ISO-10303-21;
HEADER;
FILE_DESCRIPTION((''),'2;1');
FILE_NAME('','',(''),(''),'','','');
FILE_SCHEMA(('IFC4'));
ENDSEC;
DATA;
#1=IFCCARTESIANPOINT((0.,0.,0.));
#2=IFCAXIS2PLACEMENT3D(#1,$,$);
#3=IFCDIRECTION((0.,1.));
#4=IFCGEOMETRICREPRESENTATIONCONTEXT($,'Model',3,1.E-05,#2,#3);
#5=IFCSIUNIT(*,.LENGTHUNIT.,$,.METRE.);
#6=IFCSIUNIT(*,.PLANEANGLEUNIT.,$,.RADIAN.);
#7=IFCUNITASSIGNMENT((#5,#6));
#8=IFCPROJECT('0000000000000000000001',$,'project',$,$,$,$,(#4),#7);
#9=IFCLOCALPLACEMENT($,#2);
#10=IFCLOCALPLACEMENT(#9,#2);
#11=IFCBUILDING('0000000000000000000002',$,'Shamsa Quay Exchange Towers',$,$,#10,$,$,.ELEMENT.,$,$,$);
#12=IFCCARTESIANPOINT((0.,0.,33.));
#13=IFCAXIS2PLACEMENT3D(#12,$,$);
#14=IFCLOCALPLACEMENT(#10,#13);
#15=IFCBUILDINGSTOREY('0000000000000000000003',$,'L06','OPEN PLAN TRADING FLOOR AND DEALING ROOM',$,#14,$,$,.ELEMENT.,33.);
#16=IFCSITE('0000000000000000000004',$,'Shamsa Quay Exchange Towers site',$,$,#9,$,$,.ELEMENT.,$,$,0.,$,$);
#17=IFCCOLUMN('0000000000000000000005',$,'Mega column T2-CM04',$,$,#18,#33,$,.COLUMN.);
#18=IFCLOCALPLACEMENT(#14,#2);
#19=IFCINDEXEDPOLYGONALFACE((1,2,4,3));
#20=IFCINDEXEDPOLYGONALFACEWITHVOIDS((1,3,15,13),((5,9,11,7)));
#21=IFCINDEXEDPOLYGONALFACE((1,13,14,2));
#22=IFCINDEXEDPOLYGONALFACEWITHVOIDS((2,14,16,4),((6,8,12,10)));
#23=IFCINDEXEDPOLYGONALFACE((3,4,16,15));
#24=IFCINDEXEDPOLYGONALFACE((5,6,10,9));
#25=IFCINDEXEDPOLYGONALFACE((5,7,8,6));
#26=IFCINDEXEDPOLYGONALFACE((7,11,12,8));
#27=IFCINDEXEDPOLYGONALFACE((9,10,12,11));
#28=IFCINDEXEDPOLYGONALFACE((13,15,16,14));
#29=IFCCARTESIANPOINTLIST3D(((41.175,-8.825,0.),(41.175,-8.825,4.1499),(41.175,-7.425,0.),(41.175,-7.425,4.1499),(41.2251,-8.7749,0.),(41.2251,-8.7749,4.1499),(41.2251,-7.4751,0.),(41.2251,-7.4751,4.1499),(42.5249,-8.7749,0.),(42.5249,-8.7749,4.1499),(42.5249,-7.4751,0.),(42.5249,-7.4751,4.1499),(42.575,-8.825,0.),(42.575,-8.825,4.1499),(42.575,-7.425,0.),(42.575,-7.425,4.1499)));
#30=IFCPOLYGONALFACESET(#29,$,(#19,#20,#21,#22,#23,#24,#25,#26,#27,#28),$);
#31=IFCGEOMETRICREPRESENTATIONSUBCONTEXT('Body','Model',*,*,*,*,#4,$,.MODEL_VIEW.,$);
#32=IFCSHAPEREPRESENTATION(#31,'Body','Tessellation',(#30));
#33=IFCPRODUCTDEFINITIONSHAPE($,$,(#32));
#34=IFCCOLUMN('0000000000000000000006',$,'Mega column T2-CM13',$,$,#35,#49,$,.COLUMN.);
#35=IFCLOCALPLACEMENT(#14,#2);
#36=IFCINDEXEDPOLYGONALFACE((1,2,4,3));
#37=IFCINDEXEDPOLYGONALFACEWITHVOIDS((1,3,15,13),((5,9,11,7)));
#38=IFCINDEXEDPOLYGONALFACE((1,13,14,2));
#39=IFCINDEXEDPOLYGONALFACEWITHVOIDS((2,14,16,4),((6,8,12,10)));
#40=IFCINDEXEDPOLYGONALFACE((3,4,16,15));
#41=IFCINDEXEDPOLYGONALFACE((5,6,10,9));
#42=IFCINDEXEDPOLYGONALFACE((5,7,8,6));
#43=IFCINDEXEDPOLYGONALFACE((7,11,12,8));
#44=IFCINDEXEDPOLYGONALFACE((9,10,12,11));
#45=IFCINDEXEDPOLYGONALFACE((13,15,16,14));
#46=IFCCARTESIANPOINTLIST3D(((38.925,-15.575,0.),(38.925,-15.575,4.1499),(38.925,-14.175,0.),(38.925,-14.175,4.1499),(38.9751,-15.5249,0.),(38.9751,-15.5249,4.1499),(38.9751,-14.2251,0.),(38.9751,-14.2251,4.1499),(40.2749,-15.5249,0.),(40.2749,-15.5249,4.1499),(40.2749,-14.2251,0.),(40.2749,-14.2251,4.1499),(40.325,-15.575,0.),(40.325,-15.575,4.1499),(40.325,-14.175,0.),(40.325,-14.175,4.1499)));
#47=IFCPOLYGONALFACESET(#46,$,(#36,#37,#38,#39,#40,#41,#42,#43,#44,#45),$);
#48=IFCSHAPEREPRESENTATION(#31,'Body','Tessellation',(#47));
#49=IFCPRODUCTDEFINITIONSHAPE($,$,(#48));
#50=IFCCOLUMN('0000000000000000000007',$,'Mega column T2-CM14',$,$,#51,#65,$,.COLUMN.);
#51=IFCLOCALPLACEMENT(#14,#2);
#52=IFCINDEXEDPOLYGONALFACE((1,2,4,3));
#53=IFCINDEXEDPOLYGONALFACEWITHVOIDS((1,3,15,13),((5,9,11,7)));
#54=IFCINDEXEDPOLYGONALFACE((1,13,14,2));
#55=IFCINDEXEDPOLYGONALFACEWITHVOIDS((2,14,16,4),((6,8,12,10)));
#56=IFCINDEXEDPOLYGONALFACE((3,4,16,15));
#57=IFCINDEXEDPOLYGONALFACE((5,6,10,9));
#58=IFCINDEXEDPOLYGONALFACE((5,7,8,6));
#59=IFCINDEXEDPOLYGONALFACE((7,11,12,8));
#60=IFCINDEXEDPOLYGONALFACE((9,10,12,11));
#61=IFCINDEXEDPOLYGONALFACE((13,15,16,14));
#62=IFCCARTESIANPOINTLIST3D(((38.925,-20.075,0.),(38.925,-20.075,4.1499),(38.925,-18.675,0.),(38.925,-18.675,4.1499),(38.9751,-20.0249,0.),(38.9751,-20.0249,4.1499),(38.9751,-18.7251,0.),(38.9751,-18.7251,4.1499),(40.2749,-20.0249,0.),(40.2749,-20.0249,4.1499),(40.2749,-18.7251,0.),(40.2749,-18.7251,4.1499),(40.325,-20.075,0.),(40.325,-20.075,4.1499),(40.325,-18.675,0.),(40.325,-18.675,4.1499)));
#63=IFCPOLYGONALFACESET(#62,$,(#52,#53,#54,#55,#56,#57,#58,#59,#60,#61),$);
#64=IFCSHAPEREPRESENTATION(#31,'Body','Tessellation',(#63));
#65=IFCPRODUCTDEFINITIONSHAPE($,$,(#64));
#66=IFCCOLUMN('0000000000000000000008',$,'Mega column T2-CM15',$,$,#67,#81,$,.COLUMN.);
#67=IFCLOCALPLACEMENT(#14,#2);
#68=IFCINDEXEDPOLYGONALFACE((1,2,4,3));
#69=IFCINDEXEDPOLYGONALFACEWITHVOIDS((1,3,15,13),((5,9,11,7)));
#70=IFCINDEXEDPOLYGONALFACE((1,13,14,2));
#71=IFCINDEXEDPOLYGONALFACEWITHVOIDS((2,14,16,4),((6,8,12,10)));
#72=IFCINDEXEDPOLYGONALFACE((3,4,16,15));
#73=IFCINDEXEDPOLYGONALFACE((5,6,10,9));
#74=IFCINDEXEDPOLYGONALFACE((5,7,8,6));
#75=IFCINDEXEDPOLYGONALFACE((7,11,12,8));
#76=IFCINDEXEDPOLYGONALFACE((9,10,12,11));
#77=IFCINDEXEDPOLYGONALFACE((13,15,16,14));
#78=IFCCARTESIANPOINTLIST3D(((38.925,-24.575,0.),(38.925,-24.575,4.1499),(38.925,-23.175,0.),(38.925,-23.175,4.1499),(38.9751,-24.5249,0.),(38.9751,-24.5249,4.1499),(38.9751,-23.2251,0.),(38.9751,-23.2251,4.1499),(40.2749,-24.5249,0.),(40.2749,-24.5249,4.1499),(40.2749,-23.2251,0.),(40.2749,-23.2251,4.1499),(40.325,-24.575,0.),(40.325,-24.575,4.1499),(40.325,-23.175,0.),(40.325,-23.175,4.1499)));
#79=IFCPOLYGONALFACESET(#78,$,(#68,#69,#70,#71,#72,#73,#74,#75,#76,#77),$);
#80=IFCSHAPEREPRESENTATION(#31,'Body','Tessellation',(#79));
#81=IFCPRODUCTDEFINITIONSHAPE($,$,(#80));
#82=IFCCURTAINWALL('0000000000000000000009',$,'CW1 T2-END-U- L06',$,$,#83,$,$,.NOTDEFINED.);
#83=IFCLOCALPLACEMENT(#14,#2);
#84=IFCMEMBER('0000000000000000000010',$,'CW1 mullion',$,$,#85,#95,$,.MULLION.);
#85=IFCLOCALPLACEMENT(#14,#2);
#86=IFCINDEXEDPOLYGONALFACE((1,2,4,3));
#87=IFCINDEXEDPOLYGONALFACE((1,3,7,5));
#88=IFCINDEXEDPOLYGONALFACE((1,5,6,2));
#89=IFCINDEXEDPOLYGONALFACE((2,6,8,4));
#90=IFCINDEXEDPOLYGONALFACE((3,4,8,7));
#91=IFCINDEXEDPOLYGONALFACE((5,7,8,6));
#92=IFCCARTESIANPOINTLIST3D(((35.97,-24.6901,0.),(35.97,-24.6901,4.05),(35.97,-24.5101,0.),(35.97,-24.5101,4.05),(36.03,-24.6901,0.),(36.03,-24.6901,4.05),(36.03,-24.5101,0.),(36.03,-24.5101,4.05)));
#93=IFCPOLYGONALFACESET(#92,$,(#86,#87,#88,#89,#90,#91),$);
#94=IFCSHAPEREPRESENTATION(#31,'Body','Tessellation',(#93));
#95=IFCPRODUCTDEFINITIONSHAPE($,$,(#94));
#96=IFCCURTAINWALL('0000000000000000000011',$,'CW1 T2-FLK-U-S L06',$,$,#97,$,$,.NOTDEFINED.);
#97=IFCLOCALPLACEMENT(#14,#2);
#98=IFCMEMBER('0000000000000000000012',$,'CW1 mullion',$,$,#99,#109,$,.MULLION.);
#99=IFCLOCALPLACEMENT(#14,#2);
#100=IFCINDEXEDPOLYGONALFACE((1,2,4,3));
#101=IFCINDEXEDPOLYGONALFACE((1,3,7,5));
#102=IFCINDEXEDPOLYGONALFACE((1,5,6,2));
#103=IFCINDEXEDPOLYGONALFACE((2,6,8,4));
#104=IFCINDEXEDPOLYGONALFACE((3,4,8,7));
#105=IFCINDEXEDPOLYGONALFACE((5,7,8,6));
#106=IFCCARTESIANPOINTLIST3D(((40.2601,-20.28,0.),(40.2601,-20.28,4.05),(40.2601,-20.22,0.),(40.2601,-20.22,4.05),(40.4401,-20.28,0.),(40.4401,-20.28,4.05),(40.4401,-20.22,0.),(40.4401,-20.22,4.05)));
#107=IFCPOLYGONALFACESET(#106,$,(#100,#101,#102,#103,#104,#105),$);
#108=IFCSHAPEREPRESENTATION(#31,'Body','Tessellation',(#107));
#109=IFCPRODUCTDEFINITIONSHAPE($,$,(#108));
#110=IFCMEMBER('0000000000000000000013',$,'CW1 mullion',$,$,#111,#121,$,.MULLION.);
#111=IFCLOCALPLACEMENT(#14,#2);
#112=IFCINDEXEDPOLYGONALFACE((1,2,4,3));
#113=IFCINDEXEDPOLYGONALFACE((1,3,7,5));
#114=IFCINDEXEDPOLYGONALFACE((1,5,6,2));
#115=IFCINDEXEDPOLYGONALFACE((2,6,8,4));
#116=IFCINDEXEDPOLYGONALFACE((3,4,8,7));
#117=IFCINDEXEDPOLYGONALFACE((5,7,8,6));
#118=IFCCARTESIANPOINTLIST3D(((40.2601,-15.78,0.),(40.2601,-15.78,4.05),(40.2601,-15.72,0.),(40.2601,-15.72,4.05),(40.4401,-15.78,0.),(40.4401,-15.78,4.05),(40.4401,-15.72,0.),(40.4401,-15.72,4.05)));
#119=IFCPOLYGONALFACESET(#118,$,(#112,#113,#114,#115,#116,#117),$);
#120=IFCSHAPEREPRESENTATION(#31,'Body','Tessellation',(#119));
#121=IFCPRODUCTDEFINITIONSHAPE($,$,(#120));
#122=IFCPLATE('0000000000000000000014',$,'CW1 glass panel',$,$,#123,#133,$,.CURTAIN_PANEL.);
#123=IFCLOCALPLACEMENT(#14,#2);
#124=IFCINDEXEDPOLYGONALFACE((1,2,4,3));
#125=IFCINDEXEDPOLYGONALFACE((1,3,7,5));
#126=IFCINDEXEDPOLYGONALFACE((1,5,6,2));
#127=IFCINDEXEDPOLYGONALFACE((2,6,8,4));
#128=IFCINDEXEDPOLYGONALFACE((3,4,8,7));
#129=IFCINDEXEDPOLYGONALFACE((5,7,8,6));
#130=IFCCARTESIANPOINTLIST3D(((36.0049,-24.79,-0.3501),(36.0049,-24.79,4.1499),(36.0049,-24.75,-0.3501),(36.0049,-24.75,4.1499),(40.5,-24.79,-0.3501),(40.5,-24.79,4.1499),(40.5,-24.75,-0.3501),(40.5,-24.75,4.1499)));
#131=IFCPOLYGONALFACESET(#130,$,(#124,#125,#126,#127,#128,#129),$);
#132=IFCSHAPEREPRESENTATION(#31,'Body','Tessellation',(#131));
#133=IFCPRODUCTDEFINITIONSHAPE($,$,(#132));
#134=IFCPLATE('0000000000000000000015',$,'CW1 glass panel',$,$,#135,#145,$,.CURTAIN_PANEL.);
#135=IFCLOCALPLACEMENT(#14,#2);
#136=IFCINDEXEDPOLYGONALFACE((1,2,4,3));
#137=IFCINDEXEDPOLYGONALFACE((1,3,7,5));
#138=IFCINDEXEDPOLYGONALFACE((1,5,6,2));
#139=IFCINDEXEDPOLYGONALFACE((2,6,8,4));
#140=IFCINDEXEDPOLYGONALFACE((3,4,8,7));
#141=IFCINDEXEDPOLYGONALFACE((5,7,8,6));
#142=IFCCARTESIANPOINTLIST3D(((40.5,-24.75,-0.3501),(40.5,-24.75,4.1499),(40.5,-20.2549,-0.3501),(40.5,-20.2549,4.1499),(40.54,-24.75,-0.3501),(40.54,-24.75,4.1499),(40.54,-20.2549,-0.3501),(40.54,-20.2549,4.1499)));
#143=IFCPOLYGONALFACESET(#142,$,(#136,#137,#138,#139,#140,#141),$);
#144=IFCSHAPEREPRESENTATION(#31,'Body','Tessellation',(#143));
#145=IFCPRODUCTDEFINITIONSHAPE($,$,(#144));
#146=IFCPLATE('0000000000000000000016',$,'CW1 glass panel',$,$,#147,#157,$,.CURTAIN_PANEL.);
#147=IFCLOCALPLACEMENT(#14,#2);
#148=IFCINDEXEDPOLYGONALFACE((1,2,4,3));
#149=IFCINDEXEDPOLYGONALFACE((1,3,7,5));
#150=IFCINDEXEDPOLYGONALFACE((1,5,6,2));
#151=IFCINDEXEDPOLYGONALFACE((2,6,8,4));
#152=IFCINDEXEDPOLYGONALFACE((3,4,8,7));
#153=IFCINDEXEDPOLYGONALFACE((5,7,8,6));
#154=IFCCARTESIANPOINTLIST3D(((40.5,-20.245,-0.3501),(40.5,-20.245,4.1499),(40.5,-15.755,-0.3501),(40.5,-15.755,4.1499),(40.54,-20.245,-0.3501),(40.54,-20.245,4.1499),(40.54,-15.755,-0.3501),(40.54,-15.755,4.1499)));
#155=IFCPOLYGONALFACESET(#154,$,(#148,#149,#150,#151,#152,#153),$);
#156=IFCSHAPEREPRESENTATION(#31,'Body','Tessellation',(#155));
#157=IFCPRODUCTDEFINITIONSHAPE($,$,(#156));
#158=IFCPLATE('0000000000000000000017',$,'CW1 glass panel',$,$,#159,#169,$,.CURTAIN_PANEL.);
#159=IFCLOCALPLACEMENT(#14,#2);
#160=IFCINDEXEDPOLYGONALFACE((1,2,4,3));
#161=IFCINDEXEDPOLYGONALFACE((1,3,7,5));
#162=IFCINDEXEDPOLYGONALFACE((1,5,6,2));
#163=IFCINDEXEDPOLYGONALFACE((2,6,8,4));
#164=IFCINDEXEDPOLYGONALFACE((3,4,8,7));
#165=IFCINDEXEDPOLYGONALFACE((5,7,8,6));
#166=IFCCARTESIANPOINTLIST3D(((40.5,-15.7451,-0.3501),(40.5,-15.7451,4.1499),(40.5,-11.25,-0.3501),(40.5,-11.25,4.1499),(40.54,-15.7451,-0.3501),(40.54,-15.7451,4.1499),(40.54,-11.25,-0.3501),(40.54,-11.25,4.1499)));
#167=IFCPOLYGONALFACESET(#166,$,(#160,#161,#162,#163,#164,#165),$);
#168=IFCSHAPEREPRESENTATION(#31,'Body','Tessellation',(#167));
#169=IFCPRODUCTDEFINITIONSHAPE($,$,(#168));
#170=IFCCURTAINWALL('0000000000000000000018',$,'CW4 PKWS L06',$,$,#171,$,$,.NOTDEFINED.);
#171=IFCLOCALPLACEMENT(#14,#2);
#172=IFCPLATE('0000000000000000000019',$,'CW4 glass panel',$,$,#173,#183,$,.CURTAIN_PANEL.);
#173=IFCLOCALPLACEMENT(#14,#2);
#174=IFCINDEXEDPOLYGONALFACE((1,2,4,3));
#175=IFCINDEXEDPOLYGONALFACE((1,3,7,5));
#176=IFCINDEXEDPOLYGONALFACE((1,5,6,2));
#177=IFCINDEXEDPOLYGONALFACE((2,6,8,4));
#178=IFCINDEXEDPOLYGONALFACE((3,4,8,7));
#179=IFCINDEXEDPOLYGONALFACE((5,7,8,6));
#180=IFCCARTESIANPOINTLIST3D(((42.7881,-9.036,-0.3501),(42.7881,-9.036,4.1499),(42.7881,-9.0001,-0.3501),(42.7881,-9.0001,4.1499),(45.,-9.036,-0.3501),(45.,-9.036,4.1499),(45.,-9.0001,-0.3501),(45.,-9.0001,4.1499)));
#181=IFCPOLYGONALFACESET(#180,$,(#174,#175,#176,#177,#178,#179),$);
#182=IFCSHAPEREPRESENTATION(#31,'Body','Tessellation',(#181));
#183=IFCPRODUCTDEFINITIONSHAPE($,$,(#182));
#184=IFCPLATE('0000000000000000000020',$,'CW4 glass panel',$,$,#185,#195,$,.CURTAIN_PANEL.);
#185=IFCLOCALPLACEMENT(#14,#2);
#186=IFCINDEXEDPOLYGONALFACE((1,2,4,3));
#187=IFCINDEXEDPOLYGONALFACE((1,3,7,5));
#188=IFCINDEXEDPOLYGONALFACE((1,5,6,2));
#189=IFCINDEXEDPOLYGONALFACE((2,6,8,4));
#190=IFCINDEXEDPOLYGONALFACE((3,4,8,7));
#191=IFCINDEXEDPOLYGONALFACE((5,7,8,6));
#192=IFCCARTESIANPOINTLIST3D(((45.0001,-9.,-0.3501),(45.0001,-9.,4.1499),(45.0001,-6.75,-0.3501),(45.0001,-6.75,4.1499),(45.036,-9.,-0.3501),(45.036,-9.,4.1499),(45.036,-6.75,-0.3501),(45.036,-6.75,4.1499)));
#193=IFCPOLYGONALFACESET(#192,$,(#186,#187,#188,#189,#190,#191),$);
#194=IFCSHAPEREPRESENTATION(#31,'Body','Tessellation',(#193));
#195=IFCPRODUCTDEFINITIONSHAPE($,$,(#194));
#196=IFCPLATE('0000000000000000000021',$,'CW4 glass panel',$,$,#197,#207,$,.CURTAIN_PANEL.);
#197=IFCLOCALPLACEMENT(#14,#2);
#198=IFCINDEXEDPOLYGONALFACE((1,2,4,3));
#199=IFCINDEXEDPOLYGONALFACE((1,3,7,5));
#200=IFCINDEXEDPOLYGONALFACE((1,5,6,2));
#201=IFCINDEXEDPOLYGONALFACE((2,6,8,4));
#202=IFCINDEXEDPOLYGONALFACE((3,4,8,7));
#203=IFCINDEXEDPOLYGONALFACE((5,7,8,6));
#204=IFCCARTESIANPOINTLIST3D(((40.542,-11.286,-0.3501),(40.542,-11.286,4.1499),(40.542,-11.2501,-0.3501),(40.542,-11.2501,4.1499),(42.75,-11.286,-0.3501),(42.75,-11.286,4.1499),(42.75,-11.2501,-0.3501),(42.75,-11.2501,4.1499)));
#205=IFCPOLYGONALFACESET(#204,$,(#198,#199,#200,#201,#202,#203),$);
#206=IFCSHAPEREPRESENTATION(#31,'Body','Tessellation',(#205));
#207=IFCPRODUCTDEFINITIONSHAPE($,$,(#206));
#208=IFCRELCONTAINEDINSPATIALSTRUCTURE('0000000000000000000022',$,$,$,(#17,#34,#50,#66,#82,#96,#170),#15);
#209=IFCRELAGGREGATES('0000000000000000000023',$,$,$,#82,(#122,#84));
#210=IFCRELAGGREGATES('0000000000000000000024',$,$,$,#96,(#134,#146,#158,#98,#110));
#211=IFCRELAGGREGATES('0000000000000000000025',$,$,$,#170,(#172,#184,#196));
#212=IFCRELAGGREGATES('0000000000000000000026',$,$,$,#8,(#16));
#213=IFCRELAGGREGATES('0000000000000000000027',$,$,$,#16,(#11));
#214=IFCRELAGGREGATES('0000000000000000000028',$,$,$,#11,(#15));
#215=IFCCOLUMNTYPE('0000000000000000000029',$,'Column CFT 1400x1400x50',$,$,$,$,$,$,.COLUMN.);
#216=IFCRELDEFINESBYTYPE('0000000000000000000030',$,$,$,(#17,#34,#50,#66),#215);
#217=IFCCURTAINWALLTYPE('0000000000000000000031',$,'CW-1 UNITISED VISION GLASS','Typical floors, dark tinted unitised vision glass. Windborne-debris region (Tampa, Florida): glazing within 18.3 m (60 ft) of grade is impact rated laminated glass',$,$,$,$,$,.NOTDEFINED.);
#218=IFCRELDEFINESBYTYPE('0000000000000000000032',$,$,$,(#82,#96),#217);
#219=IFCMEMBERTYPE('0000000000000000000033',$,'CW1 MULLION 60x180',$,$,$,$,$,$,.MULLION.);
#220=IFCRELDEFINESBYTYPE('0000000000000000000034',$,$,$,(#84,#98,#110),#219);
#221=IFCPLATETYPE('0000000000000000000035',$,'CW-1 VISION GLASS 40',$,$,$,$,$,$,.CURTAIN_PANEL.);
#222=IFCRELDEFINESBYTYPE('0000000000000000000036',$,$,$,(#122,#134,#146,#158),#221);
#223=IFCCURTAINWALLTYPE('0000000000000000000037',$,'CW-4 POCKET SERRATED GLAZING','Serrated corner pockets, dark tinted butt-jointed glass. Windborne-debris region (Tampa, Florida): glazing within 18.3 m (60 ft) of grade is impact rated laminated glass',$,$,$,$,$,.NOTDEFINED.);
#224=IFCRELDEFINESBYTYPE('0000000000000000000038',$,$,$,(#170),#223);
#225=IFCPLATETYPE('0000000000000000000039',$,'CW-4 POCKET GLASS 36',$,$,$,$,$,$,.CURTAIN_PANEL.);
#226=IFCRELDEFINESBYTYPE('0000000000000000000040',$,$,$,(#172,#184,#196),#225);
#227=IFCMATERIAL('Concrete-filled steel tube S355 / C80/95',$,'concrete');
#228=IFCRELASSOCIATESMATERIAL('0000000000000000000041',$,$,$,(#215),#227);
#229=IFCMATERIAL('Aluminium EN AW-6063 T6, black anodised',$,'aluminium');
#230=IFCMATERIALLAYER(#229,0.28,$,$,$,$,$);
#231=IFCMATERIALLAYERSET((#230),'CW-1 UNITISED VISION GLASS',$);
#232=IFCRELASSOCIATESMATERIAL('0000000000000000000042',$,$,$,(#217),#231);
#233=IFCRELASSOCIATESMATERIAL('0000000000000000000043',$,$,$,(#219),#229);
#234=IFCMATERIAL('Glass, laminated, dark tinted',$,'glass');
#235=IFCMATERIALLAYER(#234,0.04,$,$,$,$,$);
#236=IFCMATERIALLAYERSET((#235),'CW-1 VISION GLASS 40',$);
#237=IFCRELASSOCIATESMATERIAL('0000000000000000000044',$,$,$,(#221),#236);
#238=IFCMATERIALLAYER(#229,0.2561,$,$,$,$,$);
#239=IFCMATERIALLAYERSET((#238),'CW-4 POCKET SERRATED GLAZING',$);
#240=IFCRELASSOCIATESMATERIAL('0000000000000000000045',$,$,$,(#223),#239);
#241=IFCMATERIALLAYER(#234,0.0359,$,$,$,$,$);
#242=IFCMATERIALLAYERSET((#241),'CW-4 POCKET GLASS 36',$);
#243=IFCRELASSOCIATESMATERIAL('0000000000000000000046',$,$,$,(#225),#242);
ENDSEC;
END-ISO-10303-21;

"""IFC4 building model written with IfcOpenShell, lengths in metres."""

from ifc_helpers import new_model, si_unit, direction, frame, origin, origin_2d, place, context, subcontext, project, spatial, rectangle, hollow_rectangle, extrude, material, layer, layer_set, material_profile, profile_set, type_object, element, aggregate, save


model = new_model("IFC4")

# Units and contexts
model_context = context("Model", 3, precision=1e-05, world=origin(), true_north=direction((0.0, 1.0)))
body_context = subcontext(model_context, "Body", "Model", "MODEL_VIEW")
ifc_project = project(units=[si_unit("LENGTHUNIT", "METRE"), si_unit("PLANEANGLEUNIT", "RADIAN")], contexts=[model_context])

# Site, building, storey
site_placement = place(None, origin())
site = spatial("IfcSite", under=ifc_project, at=site_placement, Name="Shamsa Quay Exchange Towers site", CompositionType="ELEMENT", RefElevation=0.0)
building_placement = place(site_placement, origin())
building = spatial("IfcBuilding", under=site, at=building_placement, Name="Shamsa Quay Exchange Towers", CompositionType="ELEMENT")
storey_placement = place(building_placement, frame((0.0, 0.0, 33.0)))
storey = spatial("IfcBuildingStorey", under=building, at=storey_placement, Name="L06", Description="OPEN PLAN TRADING FLOOR AND DEALING ROOM", CompositionType="ELEMENT", Elevation=33.0)

# Columns
ifc_material_1 = material(Name="Concrete-filled steel tube S355 / C80/95", Category="concrete")
ifc_material_profile_1 = material_profile(ifc_material_1, hollow_rectangle(XDim=1.3999, YDim=1.3999, WallThickness=0.05, at=origin_2d()), Name="CFT 1400x1400x50")
ifc_profile_set_1 = profile_set([ifc_material_profile_1], Name="Concrete-filled steel tube S355 / C80/95")
column_type = type_object("IfcColumnType", Name="Column CFT 1400x1400x50", PredefinedType="COLUMN", material=ifc_profile_set_1)
for number, where, name in (
    (1, (41.875, -8.125, 0.0), "Mega column T2-CM04"),
    (2, (39.625, -14.875, 0.0), "Mega column T2-CM13"),
    (3, (39.625, -19.375, 0.0), "Mega column T2-CM14"),
    (4, (39.625, -23.875, 0.0), "Mega column T2-CM15"),
):
    element("IfcColumn", number, at=place(storey_placement, frame(where)), inside=storey, type_object=column_type, Name=name, PredefinedType="COLUMN", context=body_context, shape_type="SweptSolid", body=[
        extrude(hollow_rectangle(XDim=1.3999, YDim=1.3999, WallThickness=0.05, at=origin_2d()), origin(), (0.0, 0.0, 1.0), 4.1499),
    ])

# Curtain wall, member
ifc_material_2 = material(Name="Aluminium EN AW-6063 T6, black anodised", Category="aluminium")
ifc_layer_1 = layer(ifc_material_2, 0.28)
ifc_layer_set_1 = layer_set([ifc_layer_1], Name="CW-1 UNITISED VISION GLASS")
curtain_wall_type_1 = type_object("IfcCurtainWallType", Name="CW-1 UNITISED VISION GLASS", Description="Typical floors, dark tinted unitised vision glass. Windborne-debris region (Tampa, Florida): glazing within 18.3 m (60 ft) of grade is impact rated laminated glass", PredefinedType="NOTDEFINED", material=ifc_layer_set_1)
curtain_wall_1_placement = place(storey_placement, origin())
curtain_wall_1 = element("IfcCurtainWall", 5, at=curtain_wall_1_placement, inside=storey, type_object=curtain_wall_type_1, Name="CW1 T2-END-U- L06", PredefinedType="NOTDEFINED")
ifc_material_profile_2 = material_profile(ifc_material_2, rectangle(XDim=0.1799, YDim=0.0601, at=origin_2d()), Name="MU60x180")
ifc_profile_set_2 = profile_set([ifc_material_profile_2], Name="Aluminium EN AW-6063 T6, black anodised")
member_type = type_object("IfcMemberType", Name="CW1 MULLION 60x180", PredefinedType="MULLION", material=ifc_profile_set_2)
member_1_placement = place(storey_placement, frame((36.0, -24.6001, 0.0), z_axis=(0.0, 0.0, 1.0), x_axis=(0.0, 1.0, 0.0)))
member_1 = element("IfcMember", 6, at=member_1_placement, type_object=member_type, Name="CW1 mullion", PredefinedType="MULLION", context=body_context, shape_type="SweptSolid", body=[
    extrude(rectangle(XDim=0.1799, YDim=0.0601, at=origin_2d()), origin(), (0.0, 0.0, 1.0), 4.05),
])

# Curtain wall, members
curtain_wall_2_placement = place(storey_placement, origin())
curtain_wall_2 = element("IfcCurtainWall", 7, at=curtain_wall_2_placement, inside=storey, type_object=curtain_wall_type_1, Name="CW1 T2-FLK-U-S L06", PredefinedType="NOTDEFINED")
member_2_placement = place(storey_placement, frame((40.3501, -20.25, 0.0), z_axis=(0.0, 0.0, 1.0), x_axis=(-1.0, 0.0, 0.0)))
member_2 = element("IfcMember", 8, at=member_2_placement, type_object=member_type, Name="CW1 mullion", PredefinedType="MULLION", context=body_context, shape_type="SweptSolid", body=[
    extrude(rectangle(XDim=0.1799, YDim=0.0601, at=origin_2d()), origin(), (0.0, 0.0, 1.0), 4.05),
])
member_3_placement = place(storey_placement, frame((40.3501, -15.75, 0.0), z_axis=(0.0, 0.0, 1.0), x_axis=(-1.0, 0.0, 0.0)))
member_3 = element("IfcMember", 9, at=member_3_placement, type_object=member_type, Name="CW1 mullion", PredefinedType="MULLION", context=body_context, shape_type="SweptSolid", body=[
    extrude(rectangle(XDim=0.1799, YDim=0.0601, at=origin_2d()), origin(), (0.0, 0.0, 1.0), 4.05),
])

# Plates
ifc_material_3 = material(Name="Glass, laminated, dark tinted", Category="glass")
ifc_layer_2 = layer(ifc_material_3, 0.04)
ifc_layer_set_2 = layer_set([ifc_layer_2], Name="CW-1 VISION GLASS 40")
plate_type_1 = type_object("IfcPlateType", Name="CW-1 VISION GLASS 40", PredefinedType="CURTAIN_PANEL", material=ifc_layer_set_2)
plate_1_placement = place(storey_placement, frame((38.2524, -24.77, -0.3501)))
plate_1 = element("IfcPlate", 10, at=plate_1_placement, type_object=plate_type_1, Name="CW1 glass panel", PredefinedType="CURTAIN_PANEL", context=body_context, shape_type="SweptSolid", body=[
    extrude(rectangle(XDim=4.4951, YDim=0.04, at=origin_2d()), origin(), (0.0, 0.0, 1.0), 4.5),
])
aggregate(curtain_wall_1, [plate_1, member_1])
plate_2_placement = place(storey_placement, frame((40.52, -22.5024, -0.3501), z_axis=(0.0, 0.0, 1.0), x_axis=(0.0, 1.0, 0.0)))
plate_2 = element("IfcPlate", 11, at=plate_2_placement, type_object=plate_type_1, Name="CW1 glass panel", PredefinedType="CURTAIN_PANEL", context=body_context, shape_type="SweptSolid", body=[
    extrude(rectangle(XDim=4.4951, YDim=0.04, at=origin_2d()), origin(), (0.0, 0.0, 1.0), 4.5),
])
plate_3_placement = place(storey_placement, frame((40.52, -18.0, -0.3501), z_axis=(0.0, 0.0, 1.0), x_axis=(0.0, 1.0, 0.0)))
plate_3 = element("IfcPlate", 12, at=plate_3_placement, type_object=plate_type_1, Name="CW1 glass panel", PredefinedType="CURTAIN_PANEL", context=body_context, shape_type="SweptSolid", body=[
    extrude(rectangle(XDim=4.49, YDim=0.04, at=origin_2d()), origin(), (0.0, 0.0, 1.0), 4.5),
])
plate_4_placement = place(storey_placement, frame((40.52, -13.4976, -0.3501), z_axis=(0.0, 0.0, 1.0), x_axis=(0.0, 1.0, 0.0)))
plate_4 = element("IfcPlate", 13, at=plate_4_placement, type_object=plate_type_1, Name="CW1 glass panel", PredefinedType="CURTAIN_PANEL", context=body_context, shape_type="SweptSolid", body=[
    extrude(rectangle(XDim=4.4951, YDim=0.04, at=origin_2d()), origin(), (0.0, 0.0, 1.0), 4.5),
])
aggregate(curtain_wall_2, [plate_2, plate_3, plate_4, member_2, member_3])

# Curtain wall, plates
ifc_layer_3 = layer(ifc_material_2, 0.2561)
ifc_layer_set_3 = layer_set([ifc_layer_3], Name="CW-4 POCKET SERRATED GLAZING")
curtain_wall_type_2 = type_object("IfcCurtainWallType", Name="CW-4 POCKET SERRATED GLAZING", Description="Serrated corner pockets, dark tinted butt-jointed glass. Windborne-debris region (Tampa, Florida): glazing within 18.3 m (60 ft) of grade is impact rated laminated glass", PredefinedType="NOTDEFINED", material=ifc_layer_set_3)
curtain_wall_3_placement = place(storey_placement, origin())
curtain_wall_3 = element("IfcCurtainWall", 14, at=curtain_wall_3_placement, inside=storey, type_object=curtain_wall_type_2, Name="CW4 PKWS L06", PredefinedType="NOTDEFINED")
ifc_layer_4 = layer(ifc_material_3, 0.0359)
ifc_layer_set_4 = layer_set([ifc_layer_4], Name="CW-4 POCKET GLASS 36")
plate_type_2 = type_object("IfcPlateType", Name="CW-4 POCKET GLASS 36", PredefinedType="CURTAIN_PANEL", material=ifc_layer_set_4)
plate_5_placement = place(storey_placement, frame((43.894, -9.0181, -0.3501)))
plate_5 = element("IfcPlate", 15, at=plate_5_placement, type_object=plate_type_2, Name="CW4 glass panel", PredefinedType="CURTAIN_PANEL", context=body_context, shape_type="SweptSolid", body=[
    extrude(rectangle(XDim=2.2119, YDim=0.0359, at=origin_2d()), origin(), (0.0, 0.0, 1.0), 4.5),
])
plate_6_placement = place(storey_placement, frame((45.0181, -7.875, -0.3501), z_axis=(0.0, 0.0, 1.0), x_axis=(0.0, 1.0, 0.0)))
plate_6 = element("IfcPlate", 16, at=plate_6_placement, type_object=plate_type_2, Name="CW4 glass panel", PredefinedType="CURTAIN_PANEL", context=body_context, shape_type="SweptSolid", body=[
    extrude(rectangle(XDim=2.25, YDim=0.0359, at=origin_2d()), origin(), (0.0, 0.0, 1.0), 4.5),
])
plate_7_placement = place(storey_placement, frame((41.646, -11.2681, -0.3501)))
plate_7 = element("IfcPlate", 17, at=plate_7_placement, type_object=plate_type_2, Name="CW4 glass panel", PredefinedType="CURTAIN_PANEL", context=body_context, shape_type="SweptSolid", body=[
    extrude(rectangle(XDim=2.208, YDim=0.0359, at=origin_2d()), origin(), (0.0, 0.0, 1.0), 4.5),
])
aggregate(curtain_wall_3, [plate_5, plate_6, plate_7])

save(model, "model.ifc")
